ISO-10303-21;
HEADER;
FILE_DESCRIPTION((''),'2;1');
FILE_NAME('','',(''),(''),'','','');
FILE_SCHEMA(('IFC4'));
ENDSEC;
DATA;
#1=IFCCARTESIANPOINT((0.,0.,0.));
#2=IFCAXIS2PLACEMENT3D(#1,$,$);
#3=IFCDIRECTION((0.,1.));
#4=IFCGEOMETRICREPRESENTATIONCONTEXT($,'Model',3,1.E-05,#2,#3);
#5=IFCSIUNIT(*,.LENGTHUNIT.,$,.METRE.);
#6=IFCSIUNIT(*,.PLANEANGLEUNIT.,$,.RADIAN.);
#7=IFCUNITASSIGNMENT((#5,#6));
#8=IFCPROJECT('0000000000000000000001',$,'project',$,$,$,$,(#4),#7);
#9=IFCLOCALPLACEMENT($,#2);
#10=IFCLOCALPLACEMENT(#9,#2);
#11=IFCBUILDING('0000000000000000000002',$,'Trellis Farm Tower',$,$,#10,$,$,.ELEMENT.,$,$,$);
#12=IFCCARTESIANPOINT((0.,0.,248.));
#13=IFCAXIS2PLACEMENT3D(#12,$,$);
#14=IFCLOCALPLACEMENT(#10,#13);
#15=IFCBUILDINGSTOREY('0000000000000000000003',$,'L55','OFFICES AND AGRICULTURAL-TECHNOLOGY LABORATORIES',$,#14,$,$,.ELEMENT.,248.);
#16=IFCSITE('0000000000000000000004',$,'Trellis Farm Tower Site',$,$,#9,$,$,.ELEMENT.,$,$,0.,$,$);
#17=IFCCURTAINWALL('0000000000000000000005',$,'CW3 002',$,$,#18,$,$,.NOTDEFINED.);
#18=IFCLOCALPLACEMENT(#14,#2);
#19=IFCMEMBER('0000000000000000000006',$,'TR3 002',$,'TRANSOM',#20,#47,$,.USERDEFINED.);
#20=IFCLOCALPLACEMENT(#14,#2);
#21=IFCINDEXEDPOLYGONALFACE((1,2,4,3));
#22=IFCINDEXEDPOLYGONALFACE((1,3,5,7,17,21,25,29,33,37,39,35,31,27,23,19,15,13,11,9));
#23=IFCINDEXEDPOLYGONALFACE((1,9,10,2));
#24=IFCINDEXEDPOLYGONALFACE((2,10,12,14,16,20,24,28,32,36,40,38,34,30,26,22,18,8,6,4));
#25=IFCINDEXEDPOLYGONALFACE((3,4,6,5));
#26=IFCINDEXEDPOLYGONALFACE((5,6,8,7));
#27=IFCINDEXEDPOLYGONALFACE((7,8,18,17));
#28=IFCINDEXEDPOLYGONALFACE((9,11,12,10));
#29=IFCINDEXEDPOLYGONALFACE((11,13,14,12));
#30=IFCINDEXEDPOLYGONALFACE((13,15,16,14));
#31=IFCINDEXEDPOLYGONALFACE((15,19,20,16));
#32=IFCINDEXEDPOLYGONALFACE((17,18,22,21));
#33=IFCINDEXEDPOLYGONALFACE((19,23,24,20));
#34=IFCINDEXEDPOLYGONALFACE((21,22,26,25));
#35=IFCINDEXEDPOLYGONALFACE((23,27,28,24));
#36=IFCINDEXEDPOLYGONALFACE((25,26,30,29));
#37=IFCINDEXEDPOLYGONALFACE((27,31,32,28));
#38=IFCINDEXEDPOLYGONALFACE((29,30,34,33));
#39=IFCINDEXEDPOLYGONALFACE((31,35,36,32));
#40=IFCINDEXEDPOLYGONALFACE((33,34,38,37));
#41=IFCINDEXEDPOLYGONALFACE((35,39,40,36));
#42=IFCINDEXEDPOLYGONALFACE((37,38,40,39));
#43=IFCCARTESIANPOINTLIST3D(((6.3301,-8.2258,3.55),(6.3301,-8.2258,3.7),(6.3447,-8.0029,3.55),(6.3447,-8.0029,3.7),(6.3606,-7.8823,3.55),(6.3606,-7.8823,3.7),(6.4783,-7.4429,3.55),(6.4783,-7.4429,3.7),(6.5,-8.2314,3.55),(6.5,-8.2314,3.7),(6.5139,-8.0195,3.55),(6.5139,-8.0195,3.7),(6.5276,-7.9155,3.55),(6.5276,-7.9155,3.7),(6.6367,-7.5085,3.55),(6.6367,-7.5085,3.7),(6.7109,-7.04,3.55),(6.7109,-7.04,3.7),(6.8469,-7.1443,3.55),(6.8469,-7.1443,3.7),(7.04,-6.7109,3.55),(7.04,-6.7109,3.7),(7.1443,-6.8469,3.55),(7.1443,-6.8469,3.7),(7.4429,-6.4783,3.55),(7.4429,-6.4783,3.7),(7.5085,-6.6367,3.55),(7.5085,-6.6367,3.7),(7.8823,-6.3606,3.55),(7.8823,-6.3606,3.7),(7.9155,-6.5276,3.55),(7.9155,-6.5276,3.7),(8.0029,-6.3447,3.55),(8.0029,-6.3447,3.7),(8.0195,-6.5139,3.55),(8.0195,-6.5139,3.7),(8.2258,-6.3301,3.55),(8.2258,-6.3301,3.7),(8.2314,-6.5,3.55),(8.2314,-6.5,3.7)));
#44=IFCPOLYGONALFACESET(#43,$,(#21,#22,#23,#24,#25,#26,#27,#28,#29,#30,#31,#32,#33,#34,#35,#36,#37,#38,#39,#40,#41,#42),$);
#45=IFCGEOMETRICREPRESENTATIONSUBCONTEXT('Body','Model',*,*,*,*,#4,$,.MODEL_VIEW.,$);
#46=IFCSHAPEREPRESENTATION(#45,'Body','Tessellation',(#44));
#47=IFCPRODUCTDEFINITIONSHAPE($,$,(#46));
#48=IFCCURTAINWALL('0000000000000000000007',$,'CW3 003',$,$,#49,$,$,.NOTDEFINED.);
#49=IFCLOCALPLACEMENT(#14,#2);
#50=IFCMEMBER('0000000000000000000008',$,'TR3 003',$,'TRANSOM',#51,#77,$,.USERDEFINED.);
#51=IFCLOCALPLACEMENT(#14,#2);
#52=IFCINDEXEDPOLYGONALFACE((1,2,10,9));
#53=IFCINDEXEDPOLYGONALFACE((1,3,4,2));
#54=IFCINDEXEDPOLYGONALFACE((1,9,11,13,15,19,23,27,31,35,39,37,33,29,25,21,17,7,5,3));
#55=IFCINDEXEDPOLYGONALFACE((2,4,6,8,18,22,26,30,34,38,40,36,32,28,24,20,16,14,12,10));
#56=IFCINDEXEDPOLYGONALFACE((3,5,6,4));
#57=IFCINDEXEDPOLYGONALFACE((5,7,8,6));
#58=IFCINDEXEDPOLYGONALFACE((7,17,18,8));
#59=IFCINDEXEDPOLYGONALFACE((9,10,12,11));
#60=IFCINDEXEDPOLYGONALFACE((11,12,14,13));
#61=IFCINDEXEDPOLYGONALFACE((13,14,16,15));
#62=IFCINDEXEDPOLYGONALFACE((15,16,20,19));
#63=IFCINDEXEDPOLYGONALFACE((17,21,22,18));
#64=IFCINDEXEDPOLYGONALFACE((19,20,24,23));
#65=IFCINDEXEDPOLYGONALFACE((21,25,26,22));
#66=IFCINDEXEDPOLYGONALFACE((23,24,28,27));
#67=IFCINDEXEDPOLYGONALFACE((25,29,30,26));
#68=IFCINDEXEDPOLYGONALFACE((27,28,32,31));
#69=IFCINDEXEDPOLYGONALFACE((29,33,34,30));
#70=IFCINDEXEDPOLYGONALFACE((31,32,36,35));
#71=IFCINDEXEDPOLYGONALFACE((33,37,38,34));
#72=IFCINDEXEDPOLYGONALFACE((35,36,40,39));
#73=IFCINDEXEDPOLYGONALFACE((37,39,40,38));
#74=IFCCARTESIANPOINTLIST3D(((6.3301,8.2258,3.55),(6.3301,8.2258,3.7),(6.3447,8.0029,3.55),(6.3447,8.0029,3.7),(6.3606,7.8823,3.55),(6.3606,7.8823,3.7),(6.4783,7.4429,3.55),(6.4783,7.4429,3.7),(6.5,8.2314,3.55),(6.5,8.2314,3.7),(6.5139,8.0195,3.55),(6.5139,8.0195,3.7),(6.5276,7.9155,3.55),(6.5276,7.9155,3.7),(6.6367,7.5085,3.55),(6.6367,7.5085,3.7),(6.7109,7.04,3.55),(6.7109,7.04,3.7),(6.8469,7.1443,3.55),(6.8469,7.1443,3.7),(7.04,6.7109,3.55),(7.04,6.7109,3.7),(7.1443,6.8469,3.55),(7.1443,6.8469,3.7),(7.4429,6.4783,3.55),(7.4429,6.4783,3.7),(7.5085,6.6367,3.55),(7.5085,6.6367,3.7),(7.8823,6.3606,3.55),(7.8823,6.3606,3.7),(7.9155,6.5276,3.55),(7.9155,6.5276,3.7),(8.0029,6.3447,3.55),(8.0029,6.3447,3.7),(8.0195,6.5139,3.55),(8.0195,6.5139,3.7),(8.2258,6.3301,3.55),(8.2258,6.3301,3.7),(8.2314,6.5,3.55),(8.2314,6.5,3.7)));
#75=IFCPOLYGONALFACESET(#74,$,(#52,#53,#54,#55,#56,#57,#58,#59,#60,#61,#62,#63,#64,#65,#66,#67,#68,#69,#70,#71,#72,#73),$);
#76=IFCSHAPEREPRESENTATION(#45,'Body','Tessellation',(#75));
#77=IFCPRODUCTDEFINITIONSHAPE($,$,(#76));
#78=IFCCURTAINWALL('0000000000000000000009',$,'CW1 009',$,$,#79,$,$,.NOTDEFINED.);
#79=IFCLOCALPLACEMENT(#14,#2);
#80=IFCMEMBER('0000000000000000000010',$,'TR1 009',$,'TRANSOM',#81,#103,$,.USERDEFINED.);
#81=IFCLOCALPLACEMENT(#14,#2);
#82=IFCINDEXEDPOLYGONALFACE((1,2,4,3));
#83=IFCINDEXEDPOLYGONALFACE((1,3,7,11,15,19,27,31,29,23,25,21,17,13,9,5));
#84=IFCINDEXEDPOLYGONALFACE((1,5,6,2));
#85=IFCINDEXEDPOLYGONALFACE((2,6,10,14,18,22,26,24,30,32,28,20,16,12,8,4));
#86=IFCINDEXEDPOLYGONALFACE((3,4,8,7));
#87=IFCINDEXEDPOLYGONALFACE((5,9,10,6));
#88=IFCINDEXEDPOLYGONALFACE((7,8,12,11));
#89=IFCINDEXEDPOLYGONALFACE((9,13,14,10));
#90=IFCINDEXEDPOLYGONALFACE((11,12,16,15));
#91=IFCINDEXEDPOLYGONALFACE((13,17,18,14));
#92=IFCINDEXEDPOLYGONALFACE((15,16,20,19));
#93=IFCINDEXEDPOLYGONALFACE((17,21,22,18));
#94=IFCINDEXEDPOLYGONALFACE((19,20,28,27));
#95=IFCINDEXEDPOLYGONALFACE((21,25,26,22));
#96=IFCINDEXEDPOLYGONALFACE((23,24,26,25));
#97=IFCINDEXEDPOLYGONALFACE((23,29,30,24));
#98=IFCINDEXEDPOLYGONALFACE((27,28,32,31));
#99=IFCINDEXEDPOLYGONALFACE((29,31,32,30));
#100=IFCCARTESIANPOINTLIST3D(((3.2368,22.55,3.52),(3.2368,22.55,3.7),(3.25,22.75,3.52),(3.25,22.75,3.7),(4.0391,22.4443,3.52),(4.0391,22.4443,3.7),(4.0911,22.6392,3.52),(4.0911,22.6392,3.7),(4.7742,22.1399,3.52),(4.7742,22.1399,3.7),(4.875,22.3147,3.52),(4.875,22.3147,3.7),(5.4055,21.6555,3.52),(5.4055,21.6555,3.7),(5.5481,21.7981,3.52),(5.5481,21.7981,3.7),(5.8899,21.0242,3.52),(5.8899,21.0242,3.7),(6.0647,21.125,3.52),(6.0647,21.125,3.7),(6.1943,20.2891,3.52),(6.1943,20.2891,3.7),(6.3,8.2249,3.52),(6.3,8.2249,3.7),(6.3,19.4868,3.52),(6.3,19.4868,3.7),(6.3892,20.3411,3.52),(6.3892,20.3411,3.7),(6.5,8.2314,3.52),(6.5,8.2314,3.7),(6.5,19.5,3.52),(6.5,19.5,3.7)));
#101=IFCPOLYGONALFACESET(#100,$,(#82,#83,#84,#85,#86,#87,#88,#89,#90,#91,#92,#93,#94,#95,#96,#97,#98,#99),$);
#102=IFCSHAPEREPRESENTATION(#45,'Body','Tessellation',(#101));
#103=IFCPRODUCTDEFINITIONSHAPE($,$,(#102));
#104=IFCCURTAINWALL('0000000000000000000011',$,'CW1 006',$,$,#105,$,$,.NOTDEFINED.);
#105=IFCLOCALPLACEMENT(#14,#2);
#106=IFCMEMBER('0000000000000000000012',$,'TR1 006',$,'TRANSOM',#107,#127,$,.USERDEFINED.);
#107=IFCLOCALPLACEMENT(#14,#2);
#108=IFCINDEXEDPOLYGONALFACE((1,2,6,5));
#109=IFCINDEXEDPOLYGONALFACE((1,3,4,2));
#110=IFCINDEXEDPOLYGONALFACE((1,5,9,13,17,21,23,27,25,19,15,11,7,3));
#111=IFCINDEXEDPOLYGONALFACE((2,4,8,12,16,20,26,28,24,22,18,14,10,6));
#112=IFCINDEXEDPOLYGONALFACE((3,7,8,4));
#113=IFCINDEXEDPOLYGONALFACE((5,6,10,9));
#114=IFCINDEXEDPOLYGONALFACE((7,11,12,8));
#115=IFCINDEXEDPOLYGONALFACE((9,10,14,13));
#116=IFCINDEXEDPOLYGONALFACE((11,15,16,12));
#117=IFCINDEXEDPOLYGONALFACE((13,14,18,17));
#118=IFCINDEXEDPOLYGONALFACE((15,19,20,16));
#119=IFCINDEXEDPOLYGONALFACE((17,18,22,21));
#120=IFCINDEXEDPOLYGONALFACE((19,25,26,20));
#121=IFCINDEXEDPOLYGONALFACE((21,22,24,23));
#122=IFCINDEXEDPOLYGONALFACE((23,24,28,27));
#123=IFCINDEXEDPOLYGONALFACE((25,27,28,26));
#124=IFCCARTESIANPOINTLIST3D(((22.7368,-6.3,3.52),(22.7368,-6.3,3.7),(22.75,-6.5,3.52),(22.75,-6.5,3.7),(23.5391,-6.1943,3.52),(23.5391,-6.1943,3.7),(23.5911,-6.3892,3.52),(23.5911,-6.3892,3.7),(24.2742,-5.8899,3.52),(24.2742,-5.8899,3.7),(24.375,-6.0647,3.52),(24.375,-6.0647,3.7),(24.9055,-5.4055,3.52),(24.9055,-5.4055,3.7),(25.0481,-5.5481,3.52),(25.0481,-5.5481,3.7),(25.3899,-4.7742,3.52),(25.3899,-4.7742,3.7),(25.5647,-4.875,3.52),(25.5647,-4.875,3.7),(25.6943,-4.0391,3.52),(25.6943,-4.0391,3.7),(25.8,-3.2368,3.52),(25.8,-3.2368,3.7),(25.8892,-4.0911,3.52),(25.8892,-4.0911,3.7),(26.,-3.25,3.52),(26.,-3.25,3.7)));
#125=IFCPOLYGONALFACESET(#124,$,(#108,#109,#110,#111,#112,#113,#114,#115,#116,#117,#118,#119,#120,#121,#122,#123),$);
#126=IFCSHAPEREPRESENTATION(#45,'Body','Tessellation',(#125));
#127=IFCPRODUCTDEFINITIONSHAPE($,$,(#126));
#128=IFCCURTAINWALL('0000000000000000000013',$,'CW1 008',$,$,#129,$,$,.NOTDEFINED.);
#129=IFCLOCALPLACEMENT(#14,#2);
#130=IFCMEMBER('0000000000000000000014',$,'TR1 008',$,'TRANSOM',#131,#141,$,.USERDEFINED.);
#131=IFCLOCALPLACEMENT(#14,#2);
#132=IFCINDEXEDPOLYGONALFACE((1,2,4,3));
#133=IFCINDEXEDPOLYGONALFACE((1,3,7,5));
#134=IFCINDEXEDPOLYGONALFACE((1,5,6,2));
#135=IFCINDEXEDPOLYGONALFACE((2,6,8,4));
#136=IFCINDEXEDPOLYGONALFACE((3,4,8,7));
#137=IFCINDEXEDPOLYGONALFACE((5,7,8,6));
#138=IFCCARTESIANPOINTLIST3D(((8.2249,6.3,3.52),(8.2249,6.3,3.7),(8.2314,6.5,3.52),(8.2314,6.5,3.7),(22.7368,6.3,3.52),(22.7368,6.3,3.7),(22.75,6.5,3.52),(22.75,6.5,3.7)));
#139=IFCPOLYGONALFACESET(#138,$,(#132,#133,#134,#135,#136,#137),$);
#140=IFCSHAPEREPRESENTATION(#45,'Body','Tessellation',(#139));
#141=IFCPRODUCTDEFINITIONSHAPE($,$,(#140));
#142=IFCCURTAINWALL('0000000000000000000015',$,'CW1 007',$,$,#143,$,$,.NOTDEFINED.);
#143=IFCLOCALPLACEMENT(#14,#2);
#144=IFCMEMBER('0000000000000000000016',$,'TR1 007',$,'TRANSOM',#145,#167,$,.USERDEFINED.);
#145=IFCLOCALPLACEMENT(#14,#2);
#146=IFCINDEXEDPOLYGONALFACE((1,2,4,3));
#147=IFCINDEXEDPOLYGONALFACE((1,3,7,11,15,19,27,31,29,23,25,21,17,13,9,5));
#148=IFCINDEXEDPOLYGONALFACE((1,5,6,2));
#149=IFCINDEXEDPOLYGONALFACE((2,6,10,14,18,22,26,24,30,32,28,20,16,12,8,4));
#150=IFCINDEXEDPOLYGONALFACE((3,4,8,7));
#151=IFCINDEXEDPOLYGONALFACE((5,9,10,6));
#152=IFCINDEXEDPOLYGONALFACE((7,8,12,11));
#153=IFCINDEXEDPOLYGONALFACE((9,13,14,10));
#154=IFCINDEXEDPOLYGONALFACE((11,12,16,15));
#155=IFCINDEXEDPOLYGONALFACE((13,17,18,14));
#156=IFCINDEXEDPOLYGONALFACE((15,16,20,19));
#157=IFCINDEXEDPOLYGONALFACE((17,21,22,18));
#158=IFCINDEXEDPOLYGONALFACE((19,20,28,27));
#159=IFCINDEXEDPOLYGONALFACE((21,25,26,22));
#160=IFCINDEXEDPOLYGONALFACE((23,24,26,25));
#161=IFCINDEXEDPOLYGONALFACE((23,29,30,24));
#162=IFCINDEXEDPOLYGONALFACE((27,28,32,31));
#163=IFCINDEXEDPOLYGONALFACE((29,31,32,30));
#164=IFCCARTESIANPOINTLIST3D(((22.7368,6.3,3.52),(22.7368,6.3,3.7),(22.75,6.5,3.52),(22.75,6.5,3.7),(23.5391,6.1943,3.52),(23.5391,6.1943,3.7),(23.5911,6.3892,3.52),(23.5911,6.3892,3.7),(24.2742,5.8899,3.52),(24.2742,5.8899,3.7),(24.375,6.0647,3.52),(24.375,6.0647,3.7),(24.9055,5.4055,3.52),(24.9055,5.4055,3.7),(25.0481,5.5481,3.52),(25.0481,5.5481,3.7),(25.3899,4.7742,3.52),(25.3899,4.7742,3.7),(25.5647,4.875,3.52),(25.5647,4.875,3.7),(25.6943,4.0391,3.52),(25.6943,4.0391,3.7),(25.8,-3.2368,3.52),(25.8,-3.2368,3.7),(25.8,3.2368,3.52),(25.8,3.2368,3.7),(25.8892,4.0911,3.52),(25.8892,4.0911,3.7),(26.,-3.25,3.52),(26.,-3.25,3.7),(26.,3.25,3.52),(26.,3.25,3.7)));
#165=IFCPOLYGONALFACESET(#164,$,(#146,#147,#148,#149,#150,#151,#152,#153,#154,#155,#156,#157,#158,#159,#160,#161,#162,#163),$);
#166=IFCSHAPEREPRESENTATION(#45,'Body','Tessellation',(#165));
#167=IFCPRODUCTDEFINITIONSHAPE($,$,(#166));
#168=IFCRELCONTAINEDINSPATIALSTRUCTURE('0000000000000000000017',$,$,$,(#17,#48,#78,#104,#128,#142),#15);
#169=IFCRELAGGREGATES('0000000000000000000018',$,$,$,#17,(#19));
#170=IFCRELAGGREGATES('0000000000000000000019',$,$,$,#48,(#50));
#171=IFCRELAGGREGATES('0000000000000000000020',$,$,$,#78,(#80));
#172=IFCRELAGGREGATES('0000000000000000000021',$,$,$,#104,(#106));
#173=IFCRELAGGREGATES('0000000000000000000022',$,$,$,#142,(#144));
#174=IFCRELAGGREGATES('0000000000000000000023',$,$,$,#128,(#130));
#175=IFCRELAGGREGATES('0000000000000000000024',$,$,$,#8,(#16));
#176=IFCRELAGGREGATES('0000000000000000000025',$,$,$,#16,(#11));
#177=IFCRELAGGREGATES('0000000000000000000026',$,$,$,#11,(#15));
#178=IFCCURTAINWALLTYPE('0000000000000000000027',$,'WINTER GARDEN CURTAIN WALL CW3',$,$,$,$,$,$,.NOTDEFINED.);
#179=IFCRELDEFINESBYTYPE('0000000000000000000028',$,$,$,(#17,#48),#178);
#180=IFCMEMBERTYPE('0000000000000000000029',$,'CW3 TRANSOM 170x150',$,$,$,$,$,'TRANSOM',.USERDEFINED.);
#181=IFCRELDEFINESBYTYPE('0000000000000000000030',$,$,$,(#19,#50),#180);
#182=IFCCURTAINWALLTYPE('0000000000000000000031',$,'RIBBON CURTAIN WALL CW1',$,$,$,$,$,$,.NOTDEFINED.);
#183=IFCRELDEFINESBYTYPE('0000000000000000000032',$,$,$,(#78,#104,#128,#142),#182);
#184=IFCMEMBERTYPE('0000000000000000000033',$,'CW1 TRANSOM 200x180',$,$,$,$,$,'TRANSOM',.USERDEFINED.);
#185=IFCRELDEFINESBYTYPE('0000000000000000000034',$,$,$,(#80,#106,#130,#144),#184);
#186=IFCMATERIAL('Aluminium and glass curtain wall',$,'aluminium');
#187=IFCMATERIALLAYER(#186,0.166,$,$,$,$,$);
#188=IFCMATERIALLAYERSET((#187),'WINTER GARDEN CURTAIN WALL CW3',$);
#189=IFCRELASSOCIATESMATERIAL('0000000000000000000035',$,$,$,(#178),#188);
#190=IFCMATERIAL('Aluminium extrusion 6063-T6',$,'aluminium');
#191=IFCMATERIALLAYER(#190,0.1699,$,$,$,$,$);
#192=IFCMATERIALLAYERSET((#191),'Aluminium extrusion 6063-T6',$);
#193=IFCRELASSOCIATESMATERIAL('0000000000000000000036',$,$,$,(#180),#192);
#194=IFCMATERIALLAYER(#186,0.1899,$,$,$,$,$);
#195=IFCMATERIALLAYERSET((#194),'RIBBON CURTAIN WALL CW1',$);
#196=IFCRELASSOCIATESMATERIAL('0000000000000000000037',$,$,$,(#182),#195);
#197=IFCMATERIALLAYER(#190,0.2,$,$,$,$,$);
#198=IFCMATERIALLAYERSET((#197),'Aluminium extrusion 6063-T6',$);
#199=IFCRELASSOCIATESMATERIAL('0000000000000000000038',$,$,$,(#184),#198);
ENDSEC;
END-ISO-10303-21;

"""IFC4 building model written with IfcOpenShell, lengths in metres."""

from ifc_helpers import new_model, si_unit, direction, frame, origin, place, context, subcontext, project, spatial, polyline, outline, extrude, source, transform, mapped, material, layer, layer_set, type_object, element, aggregate, save


model = new_model("IFC4")

# Units and contexts
model_context = context("Model", 3, precision=1e-05, world=origin(), true_north=direction((0.0, 1.0)))
body_context = subcontext(model_context, "Body", "Model", "MODEL_VIEW")
ifc_project = project(units=[si_unit("LENGTHUNIT", "METRE"), si_unit("PLANEANGLEUNIT", "RADIAN")], contexts=[model_context])

# Site, building, storey
site_placement = place(None, origin())
site = spatial("IfcSite", under=ifc_project, at=site_placement, Name="Trellis Farm Tower Site", CompositionType="ELEMENT", RefElevation=0.0)
building_placement = place(site_placement, origin())
building = spatial("IfcBuilding", under=site, at=building_placement, Name="Trellis Farm Tower", CompositionType="ELEMENT")
storey_placement = place(building_placement, frame((0.0, 0.0, 248.0)))
storey = spatial("IfcBuildingStorey", under=building, at=storey_placement, Name="L55", Description="OFFICES AND AGRICULTURAL-TECHNOLOGY LABORATORIES", CompositionType="ELEMENT", Elevation=248.0)

# Curtain walls, members
ifc_material_1 = material(Name="Aluminium and glass curtain wall", Category="aluminium")
ifc_layer_1 = layer(ifc_material_1, 0.166)
ifc_layer_set_1 = layer_set([ifc_layer_1], Name="WINTER GARDEN CURTAIN WALL CW3")
curtain_wall_type_1 = type_object("IfcCurtainWallType", Name="WINTER GARDEN CURTAIN WALL CW3", PredefinedType="NOTDEFINED", material=ifc_layer_set_1)
placement_1 = place(storey_placement, origin())
curtain_wall_1 = element("IfcCurtainWall", 1, at=placement_1, inside=storey, type_object=curtain_wall_type_1, Name="CW3 002", PredefinedType="NOTDEFINED")
ifc_material_2 = material(Name="Aluminium extrusion 6063-T6", Category="aluminium")
ifc_layer_2 = layer(ifc_material_2, 0.1699)
ifc_layer_set_2 = layer_set([ifc_layer_2], Name="Aluminium extrusion 6063-T6")
member_type_1 = type_object("IfcMemberType", Name="CW3 TRANSOM 170x150", ElementType="TRANSOM", PredefinedType="USERDEFINED", material=ifc_layer_set_2)
shared_shape_1 = source(origin(), body_context, "Body", "SweptSolid", [
    extrude(outline(polyline([(6.5, -8.2314), (6.5139, -8.0195), (6.5276, -7.9155), (6.6367, -7.5085), (6.8469, -7.1443), (7.1443, -6.8469), (7.5085, -6.6367), (7.9155, -6.5276), (8.0195, -6.5139), (8.2314, -6.5), (8.2258, -6.3301), (8.0029, -6.3447), (7.8823, -6.3606), (7.4429, -6.4783), (7.04, -6.7109), (6.7109, -7.04), (6.4783, -7.4429), (6.3606, -7.8823), (6.3447, -8.0029), (6.3301, -8.2258), (6.5, -8.2314)])), origin(), (0.0, 0.0, 1.0), 0.1499),
])
placement_2 = place(storey_placement, frame((0.0, 0.0, 3.55)))
member_1 = element("IfcMember", 2, at=placement_2, type_object=member_type_1, Name="TR3 002", ObjectType="TRANSOM", PredefinedType="USERDEFINED", context=body_context, shape_type="MappedRepresentation", body=[
    mapped(shared_shape_1, transform((0.0, 0.0, 0.0))),
])
curtain_wall_2 = element("IfcCurtainWall", 3, at=placement_1, inside=storey, type_object=curtain_wall_type_1, Name="CW3 003", PredefinedType="NOTDEFINED")
shared_shape_2 = source(origin(), body_context, "Body", "SweptSolid", [
    extrude(outline(polyline([(8.2314, 6.5), (8.0195, 6.5139), (7.9155, 6.5276), (7.5085, 6.6367), (7.1443, 6.8469), (6.8469, 7.1443), (6.6367, 7.5085), (6.5276, 7.9155), (6.5139, 8.0195), (6.5, 8.2314), (6.3301, 8.2258), (6.3447, 8.0029), (6.3606, 7.8823), (6.4783, 7.4429), (6.7109, 7.04), (7.04, 6.7109), (7.4429, 6.4783), (7.8823, 6.3606), (8.0029, 6.3447), (8.2258, 6.3301), (8.2314, 6.5)])), origin(), (0.0, 0.0, 1.0), 0.1499),
])
member_2 = element("IfcMember", 4, at=placement_2, type_object=member_type_1, Name="TR3 003", ObjectType="TRANSOM", PredefinedType="USERDEFINED", context=body_context, shape_type="MappedRepresentation", body=[
    mapped(shared_shape_2, transform((0.0, 0.0, 0.0))),
])
ifc_layer_3 = layer(ifc_material_1, 0.1899)
ifc_layer_set_3 = layer_set([ifc_layer_3], Name="RIBBON CURTAIN WALL CW1")
curtain_wall_type_2 = type_object("IfcCurtainWallType", Name="RIBBON CURTAIN WALL CW1", PredefinedType="NOTDEFINED", material=ifc_layer_set_3)
curtain_wall_3 = element("IfcCurtainWall", 5, at=placement_1, inside=storey, type_object=curtain_wall_type_2, Name="CW1 009", PredefinedType="NOTDEFINED")
ifc_layer_4 = layer(ifc_material_2, 0.2)
ifc_layer_set_4 = layer_set([ifc_layer_4], Name="Aluminium extrusion 6063-T6")
member_type_2 = type_object("IfcMemberType", Name="CW1 TRANSOM 200x180", ElementType="TRANSOM", PredefinedType="USERDEFINED", material=ifc_layer_set_4)
shared_shape_3 = source(origin(), body_context, "Body", "SweptSolid", [
    extrude(outline(polyline([(6.5, 8.2314), (6.5, 19.5), (6.3892, 20.3411), (6.0647, 21.125), (5.5481, 21.7981), (4.875, 22.3147), (4.0911, 22.6392), (3.25, 22.75), (3.2368, 22.55), (4.0391, 22.4443), (4.7742, 22.1399), (5.4055, 21.6555), (5.8899, 21.0242), (6.1943, 20.2891), (6.3, 19.4868), (6.3, 8.2249), (6.5, 8.2314)])), origin(), (0.0, 0.0, 1.0), 0.1799),
])
placement_3 = place(storey_placement, frame((0.0, 0.0, 3.52)))
member_3 = element("IfcMember", 6, at=placement_3, type_object=member_type_2, Name="TR1 009", ObjectType="TRANSOM", PredefinedType="USERDEFINED", context=body_context, shape_type="MappedRepresentation", body=[
    mapped(shared_shape_3, transform((0.0, 0.0, 0.0))),
])
curtain_wall_4 = element("IfcCurtainWall", 7, at=placement_1, inside=storey, type_object=curtain_wall_type_2, Name="CW1 006", PredefinedType="NOTDEFINED")
shared_shape_4 = source(origin(), body_context, "Body", "SweptSolid", [
    extrude(outline(polyline([(22.75, -6.5), (23.5911, -6.3892), (24.375, -6.0647), (25.0481, -5.5481), (25.5647, -4.875), (25.8892, -4.0911), (26.0, -3.25), (25.8, -3.2368), (25.6943, -4.0391), (25.3899, -4.7742), (24.9055, -5.4055), (24.2742, -5.8899), (23.5391, -6.1943), (22.7368, -6.3), (22.75, -6.5)])), origin(), (0.0, 0.0, 1.0), 0.1799),
])
member_4 = element("IfcMember", 8, at=placement_3, type_object=member_type_2, Name="TR1 006", ObjectType="TRANSOM", PredefinedType="USERDEFINED", context=body_context, shape_type="MappedRepresentation", body=[
    mapped(shared_shape_4, transform((0.0, 0.0, 0.0))),
])
curtain_wall_5 = element("IfcCurtainWall", 9, at=placement_1, inside=storey, type_object=curtain_wall_type_2, Name="CW1 008", PredefinedType="NOTDEFINED")
shared_shape_5 = source(origin(), body_context, "Body", "SweptSolid", [
    extrude(outline(polyline([(22.75, 6.5), (8.2314, 6.5), (8.2249, 6.3), (22.7368, 6.3), (22.75, 6.5)])), origin(), (0.0, 0.0, 1.0), 0.1799),
])
member_5 = element("IfcMember", 10, at=placement_3, type_object=member_type_2, Name="TR1 008", ObjectType="TRANSOM", PredefinedType="USERDEFINED", context=body_context, shape_type="MappedRepresentation", body=[
    mapped(shared_shape_5, transform((0.0, 0.0, 0.0))),
])
curtain_wall_6 = element("IfcCurtainWall", 11, at=placement_1, inside=storey, type_object=curtain_wall_type_2, Name="CW1 007", PredefinedType="NOTDEFINED")
shared_shape_6 = source(origin(), body_context, "Body", "SweptSolid", [
    extrude(outline(polyline([(26.0, -3.25), (26.0, 3.25), (25.8892, 4.0911), (25.5647, 4.875), (25.0481, 5.5481), (24.375, 6.0647), (23.5911, 6.3892), (22.75, 6.5), (22.7368, 6.3), (23.5391, 6.1943), (24.2742, 5.8899), (24.9055, 5.4055), (25.3899, 4.7742), (25.6943, 4.0391), (25.8, 3.2368), (25.8, -3.2368), (26.0, -3.25)])), origin(), (0.0, 0.0, 1.0), 0.1799),
])
member_6 = element("IfcMember", 12, at=placement_3, type_object=member_type_2, Name="TR1 007", ObjectType="TRANSOM", PredefinedType="USERDEFINED", context=body_context, shape_type="MappedRepresentation", body=[
    mapped(shared_shape_6, transform((0.0, 0.0, 0.0))),
])

aggregate(curtain_wall_1, [member_1])
aggregate(curtain_wall_2, [member_2])
aggregate(curtain_wall_3, [member_3])

aggregate(curtain_wall_4, [member_4])
aggregate(curtain_wall_6, [member_6])
aggregate(curtain_wall_5, [member_5])

save(model, "model.ifc")
